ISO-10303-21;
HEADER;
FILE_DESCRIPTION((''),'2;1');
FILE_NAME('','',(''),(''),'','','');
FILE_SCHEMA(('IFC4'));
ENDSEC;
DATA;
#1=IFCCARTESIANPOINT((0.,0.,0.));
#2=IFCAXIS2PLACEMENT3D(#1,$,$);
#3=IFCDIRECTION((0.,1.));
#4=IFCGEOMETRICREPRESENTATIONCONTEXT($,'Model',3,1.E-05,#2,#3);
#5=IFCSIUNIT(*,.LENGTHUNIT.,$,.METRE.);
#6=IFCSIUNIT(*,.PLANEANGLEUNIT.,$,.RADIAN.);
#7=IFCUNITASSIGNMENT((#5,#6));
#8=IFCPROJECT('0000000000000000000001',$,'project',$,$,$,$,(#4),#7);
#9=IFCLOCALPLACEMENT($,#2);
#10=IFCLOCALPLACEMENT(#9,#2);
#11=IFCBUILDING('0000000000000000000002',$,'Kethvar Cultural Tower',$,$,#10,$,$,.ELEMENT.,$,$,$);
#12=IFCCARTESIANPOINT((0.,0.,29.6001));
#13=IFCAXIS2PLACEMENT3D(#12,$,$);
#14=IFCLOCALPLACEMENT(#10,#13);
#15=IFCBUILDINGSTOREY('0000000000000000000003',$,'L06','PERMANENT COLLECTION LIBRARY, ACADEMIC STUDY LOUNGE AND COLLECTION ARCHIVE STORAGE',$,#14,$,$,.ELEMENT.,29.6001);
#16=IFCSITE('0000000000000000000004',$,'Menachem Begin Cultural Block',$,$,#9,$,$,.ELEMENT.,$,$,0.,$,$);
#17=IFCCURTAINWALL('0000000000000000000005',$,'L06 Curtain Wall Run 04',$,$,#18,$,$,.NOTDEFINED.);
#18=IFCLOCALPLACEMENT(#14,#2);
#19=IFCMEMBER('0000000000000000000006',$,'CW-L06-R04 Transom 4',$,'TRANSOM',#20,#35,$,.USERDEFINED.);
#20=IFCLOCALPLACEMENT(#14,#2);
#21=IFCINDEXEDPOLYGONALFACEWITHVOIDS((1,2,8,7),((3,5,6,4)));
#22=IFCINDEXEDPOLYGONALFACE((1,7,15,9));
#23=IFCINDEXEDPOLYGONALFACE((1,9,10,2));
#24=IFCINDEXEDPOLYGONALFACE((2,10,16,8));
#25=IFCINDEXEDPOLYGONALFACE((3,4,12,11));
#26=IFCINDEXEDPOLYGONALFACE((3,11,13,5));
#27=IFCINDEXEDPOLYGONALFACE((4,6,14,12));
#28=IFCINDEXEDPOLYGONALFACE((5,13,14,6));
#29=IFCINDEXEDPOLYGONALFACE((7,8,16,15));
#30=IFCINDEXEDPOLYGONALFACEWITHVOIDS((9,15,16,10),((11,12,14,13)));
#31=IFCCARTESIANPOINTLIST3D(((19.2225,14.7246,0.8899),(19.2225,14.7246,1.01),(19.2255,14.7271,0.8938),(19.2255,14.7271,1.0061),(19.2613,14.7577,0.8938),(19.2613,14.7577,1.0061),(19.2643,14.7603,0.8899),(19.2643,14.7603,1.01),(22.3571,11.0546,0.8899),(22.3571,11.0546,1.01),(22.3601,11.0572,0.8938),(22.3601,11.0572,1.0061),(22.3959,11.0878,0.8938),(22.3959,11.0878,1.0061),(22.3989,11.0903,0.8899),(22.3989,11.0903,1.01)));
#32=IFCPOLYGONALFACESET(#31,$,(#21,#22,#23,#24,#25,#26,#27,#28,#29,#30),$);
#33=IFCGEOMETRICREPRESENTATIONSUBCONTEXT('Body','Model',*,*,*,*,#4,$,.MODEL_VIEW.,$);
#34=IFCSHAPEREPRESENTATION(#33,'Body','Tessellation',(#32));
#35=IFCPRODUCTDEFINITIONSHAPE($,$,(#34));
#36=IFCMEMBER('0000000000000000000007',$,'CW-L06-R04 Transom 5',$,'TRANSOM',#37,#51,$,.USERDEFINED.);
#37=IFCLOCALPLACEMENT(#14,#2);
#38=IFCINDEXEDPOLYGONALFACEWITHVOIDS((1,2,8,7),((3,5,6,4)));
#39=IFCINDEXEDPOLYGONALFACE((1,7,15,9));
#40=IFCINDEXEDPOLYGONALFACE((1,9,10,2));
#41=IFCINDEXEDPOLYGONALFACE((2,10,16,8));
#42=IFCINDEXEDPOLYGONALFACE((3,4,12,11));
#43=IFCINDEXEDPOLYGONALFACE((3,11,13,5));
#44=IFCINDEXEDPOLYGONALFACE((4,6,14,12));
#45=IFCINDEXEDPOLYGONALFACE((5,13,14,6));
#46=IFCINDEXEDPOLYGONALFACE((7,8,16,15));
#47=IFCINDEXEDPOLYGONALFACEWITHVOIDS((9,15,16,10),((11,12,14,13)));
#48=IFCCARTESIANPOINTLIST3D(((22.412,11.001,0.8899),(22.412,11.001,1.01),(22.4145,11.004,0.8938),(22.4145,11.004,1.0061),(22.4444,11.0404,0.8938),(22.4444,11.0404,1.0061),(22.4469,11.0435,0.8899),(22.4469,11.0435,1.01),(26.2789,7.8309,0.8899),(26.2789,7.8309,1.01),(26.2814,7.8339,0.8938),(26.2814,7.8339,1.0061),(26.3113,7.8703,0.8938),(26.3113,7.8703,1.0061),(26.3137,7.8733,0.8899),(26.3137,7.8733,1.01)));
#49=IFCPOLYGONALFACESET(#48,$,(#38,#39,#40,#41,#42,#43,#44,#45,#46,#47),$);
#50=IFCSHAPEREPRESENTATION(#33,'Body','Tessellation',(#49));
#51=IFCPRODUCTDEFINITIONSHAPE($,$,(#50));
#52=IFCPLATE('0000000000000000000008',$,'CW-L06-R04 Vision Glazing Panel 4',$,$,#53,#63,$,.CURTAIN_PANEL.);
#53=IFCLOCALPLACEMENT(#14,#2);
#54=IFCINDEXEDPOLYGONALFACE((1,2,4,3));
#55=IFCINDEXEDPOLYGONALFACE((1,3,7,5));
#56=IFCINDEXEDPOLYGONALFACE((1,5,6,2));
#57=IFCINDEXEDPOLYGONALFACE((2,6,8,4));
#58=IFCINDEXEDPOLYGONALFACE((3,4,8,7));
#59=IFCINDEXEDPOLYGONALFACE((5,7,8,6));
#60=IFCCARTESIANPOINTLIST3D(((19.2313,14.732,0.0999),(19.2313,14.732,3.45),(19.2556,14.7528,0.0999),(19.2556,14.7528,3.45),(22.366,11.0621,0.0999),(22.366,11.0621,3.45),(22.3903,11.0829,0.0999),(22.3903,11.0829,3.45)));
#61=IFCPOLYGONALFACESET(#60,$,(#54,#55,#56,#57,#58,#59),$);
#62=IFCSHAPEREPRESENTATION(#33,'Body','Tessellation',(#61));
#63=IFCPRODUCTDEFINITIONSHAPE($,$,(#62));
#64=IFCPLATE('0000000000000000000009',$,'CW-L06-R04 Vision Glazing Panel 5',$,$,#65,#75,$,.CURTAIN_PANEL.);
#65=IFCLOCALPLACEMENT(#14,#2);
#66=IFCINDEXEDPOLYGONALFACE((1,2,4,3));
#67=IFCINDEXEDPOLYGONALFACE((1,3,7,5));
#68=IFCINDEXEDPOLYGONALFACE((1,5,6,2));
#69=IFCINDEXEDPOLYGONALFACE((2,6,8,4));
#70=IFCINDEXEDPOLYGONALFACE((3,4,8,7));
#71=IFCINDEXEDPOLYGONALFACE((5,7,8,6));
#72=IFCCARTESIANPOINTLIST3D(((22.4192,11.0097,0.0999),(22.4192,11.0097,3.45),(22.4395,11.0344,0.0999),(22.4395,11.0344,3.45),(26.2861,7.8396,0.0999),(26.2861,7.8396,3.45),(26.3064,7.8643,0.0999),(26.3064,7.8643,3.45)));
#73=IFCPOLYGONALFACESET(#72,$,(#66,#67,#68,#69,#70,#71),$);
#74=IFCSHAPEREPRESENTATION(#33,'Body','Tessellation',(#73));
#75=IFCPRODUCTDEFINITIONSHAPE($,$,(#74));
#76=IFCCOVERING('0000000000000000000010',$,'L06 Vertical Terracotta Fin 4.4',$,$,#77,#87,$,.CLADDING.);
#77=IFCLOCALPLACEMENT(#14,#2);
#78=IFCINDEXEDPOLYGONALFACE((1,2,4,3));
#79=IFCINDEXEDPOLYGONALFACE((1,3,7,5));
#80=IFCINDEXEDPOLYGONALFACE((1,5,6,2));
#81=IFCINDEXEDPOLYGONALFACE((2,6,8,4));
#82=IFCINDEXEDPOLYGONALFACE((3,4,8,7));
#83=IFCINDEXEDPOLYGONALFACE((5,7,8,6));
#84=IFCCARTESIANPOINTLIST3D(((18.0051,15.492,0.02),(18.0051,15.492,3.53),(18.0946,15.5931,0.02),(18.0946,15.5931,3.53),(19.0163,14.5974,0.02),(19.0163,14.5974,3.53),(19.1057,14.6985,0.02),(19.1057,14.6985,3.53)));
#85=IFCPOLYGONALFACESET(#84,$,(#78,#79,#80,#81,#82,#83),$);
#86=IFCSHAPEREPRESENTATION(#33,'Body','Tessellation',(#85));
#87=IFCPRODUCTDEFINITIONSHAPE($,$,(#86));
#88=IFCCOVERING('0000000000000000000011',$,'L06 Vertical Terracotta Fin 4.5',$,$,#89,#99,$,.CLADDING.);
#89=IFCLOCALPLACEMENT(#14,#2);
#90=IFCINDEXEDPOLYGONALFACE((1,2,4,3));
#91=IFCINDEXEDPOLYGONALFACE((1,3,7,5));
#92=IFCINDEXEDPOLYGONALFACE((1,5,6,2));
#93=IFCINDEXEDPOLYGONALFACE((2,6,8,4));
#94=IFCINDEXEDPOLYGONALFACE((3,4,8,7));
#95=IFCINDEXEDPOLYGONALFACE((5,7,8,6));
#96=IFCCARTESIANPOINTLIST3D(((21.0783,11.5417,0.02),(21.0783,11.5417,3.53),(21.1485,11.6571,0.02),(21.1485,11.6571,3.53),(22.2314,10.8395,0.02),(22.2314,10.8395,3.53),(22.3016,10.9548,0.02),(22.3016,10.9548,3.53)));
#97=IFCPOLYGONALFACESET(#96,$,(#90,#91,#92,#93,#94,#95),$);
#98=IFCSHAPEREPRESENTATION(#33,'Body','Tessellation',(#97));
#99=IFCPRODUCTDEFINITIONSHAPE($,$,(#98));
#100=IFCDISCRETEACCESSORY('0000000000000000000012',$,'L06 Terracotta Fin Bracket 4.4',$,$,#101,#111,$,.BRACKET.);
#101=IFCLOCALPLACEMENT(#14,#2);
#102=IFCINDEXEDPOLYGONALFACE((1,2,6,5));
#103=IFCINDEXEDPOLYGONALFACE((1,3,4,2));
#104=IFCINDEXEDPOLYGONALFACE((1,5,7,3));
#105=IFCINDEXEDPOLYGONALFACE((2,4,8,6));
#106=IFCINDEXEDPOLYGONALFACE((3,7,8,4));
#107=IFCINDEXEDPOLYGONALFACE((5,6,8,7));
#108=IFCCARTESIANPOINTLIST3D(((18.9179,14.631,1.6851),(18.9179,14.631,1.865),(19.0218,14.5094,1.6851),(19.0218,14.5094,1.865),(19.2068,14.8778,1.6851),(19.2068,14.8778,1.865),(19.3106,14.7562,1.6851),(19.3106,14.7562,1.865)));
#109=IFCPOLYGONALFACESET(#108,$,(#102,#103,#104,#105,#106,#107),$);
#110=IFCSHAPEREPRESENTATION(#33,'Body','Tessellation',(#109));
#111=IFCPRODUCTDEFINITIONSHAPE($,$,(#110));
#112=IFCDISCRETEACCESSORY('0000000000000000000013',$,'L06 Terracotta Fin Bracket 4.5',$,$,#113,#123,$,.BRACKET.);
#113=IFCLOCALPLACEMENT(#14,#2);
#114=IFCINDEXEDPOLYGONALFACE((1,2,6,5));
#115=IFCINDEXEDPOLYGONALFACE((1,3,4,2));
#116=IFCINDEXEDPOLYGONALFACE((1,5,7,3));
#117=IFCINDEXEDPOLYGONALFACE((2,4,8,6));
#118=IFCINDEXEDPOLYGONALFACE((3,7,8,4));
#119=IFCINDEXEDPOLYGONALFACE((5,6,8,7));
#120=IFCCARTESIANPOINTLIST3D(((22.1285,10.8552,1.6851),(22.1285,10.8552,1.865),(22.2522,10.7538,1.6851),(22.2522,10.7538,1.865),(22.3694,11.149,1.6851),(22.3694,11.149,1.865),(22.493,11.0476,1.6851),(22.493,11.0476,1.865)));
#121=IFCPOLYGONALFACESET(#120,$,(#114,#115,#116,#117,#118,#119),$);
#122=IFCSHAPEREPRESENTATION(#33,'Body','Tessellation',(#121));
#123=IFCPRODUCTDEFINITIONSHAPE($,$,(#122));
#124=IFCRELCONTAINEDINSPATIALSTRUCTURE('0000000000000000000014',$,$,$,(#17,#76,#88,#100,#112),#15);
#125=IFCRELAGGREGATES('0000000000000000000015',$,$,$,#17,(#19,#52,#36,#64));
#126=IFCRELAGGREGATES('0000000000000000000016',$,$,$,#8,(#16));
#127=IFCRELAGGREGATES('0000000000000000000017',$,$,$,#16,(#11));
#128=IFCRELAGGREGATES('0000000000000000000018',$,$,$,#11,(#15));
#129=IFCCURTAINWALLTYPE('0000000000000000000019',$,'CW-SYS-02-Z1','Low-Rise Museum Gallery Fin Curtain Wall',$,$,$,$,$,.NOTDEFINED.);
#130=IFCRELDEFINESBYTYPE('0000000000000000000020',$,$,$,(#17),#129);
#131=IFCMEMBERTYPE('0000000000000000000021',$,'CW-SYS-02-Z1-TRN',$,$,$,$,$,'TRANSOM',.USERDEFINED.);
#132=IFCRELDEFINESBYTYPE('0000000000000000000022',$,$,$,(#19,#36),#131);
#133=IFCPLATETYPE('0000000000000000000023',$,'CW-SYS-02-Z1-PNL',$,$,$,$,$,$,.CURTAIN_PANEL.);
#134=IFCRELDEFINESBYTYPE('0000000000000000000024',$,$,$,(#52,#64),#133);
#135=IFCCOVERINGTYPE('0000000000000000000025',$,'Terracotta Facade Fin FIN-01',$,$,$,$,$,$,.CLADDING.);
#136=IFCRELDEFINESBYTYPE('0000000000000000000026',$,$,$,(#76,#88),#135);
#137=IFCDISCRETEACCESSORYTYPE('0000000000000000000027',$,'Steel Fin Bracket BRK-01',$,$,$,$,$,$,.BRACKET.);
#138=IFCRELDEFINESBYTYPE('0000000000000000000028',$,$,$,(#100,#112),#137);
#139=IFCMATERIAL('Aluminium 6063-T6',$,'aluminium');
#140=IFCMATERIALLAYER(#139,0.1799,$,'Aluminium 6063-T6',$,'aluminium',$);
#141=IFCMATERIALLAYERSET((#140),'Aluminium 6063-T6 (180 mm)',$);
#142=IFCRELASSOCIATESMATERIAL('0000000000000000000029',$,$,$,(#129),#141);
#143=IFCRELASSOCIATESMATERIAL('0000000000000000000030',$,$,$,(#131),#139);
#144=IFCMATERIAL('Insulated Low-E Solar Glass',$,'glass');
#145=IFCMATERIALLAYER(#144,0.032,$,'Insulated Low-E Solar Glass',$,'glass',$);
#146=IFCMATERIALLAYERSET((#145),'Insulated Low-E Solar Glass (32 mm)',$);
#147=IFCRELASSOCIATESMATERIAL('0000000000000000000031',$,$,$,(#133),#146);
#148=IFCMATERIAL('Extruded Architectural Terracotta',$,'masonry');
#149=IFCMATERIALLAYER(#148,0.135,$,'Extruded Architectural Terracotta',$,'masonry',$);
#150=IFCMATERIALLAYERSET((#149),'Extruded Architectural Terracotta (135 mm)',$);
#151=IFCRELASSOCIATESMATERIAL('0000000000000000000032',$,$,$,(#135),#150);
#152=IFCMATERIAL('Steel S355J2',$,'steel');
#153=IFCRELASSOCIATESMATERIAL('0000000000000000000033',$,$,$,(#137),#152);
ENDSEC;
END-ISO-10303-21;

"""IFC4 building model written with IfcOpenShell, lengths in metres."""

from ifc_helpers import new_model, si_unit, direction, frame, origin, origin_2d, place, context, subcontext, project, spatial, rectangle, hollow_rectangle, extrude, source, transform, mapped, material, layer, layer_set, material_profile, profile_set, type_object, element, aggregate, save


model = new_model("IFC4")

# Units and contexts
model_context = context("Model", 3, precision=1e-05, world=origin(), true_north=direction((0.0, 1.0)))
body_context = subcontext(model_context, "Body", "Model", "MODEL_VIEW")
ifc_project = project(units=[si_unit("LENGTHUNIT", "METRE"), si_unit("PLANEANGLEUNIT", "RADIAN")], contexts=[model_context])

# Site, building, storey
site_placement = place(None, origin())
site = spatial("IfcSite", under=ifc_project, at=site_placement, Name="Menachem Begin Cultural Block", CompositionType="ELEMENT", RefElevation=0.0)
building_placement = place(site_placement, origin())
building = spatial("IfcBuilding", under=site, at=building_placement, Name="Kethvar Cultural Tower", CompositionType="ELEMENT")
storey_placement = place(building_placement, frame((0.0, 0.0, 29.6001)))
storey = spatial("IfcBuildingStorey", under=building, at=storey_placement, Name="L06", Description="PERMANENT COLLECTION LIBRARY, ACADEMIC STUDY LOUNGE AND COLLECTION ARCHIVE STORAGE", CompositionType="ELEMENT", Elevation=29.6001)

# Shared definitions
ifc_material_1 = material(Name="Steel S355J2", Category="steel")

# Curtain wall, members, plates
ifc_material_2 = material(Name="Aluminium 6063-T6", Category="aluminium")
ifc_layer_1 = layer(ifc_material_2, 0.1799, Name="Aluminium 6063-T6", Category="aluminium")
ifc_layer_set_1 = layer_set([ifc_layer_1], Name="Aluminium 6063-T6 (180 mm)")
curtain_wall_type = type_object("IfcCurtainWallType", Name="CW-SYS-02-Z1", Description="Low-Rise Museum Gallery Fin Curtain Wall", PredefinedType="NOTDEFINED", material=ifc_layer_set_1)
curtain_wall_placement = place(storey_placement, origin())
curtain_wall = element("IfcCurtainWall", 1, at=curtain_wall_placement, inside=storey, type_object=curtain_wall_type, Name="L06 Curtain Wall Run 04", PredefinedType="NOTDEFINED")
ifc_material_profile_1 = material_profile(ifc_material_2, hollow_rectangle(XDim=0.0549, YDim=0.1201, WallThickness=0.0039, at=origin_2d()), Name="Aluminium 6063-T6 — RHS120x55x4")
ifc_profile_set_1 = profile_set([ifc_material_profile_1], Name="Aluminium 6063-T6 — RHS120x55x4")
member_type_1 = type_object("IfcMemberType", Name="CW-SYS-02-Z1-TRN", ElementType="TRANSOM", PredefinedType="USERDEFINED", material=ifc_profile_set_1)
shared_shape_1 = source(origin(), body_context, "Body", "SweptSolid", [
    extrude(hollow_rectangle(XDim=0.0549, YDim=0.1201, WallThickness=0.0039, at=origin_2d()), origin(), (0.0, 0.0, 1.0), 4.8264),
])
member_1_placement = place(storey_placement, frame((19.2434, 14.7424, 0.95), z_axis=(0.649461, -0.760394, 0.0), x_axis=(0.760394, 0.649461, 0.0)))
member_1 = element("IfcMember", 2, at=member_1_placement, type_object=member_type_1, Name="CW-L06-R04 Transom 4", ObjectType="TRANSOM", PredefinedType="USERDEFINED", context=body_context, shape_type="MappedRepresentation", body=[
    mapped(shared_shape_1, transform((0.0, 0.0, 0.0), scale=1.0)),
])
shared_shape_2 = source(origin(), body_context, "Body", "SweptSolid", [
    extrude(hollow_rectangle(XDim=0.0549, YDim=0.1201, WallThickness=0.0039, at=origin_2d()), origin(), (0.0, 0.0, 1.0), 5.0002),
])
member_2_placement = place(storey_placement, frame((22.4294, 11.0222, 0.95), z_axis=(0.773339, -0.633993, 0.0), x_axis=(0.633993, 0.773339, 0.0)))
member_2 = element("IfcMember", 3, at=member_2_placement, type_object=member_type_1, Name="CW-L06-R04 Transom 5", ObjectType="TRANSOM", PredefinedType="USERDEFINED", context=body_context, shape_type="MappedRepresentation", body=[
    mapped(shared_shape_2, transform((0.0, 0.0, 0.0), scale=1.0)),
])
ifc_material_3 = material(Name="Insulated Low-E Solar Glass", Category="glass")
ifc_layer_2 = layer(ifc_material_3, 0.032, Name="Insulated Low-E Solar Glass", Category="glass")
ifc_layer_set_2 = layer_set([ifc_layer_2], Name="Insulated Low-E Solar Glass (32 mm)")
plate_type = type_object("IfcPlateType", Name="CW-SYS-02-Z1-PNL", PredefinedType="CURTAIN_PANEL", material=ifc_layer_set_2)
shared_shape_3 = source(origin(), body_context, "Body", "SweptSolid", [
    extrude(rectangle(XDim=4.8264, YDim=0.032, at=origin_2d()), origin(), (0.0, 0.0, 1.0), 3.3501),
])
plate_1_placement = place(storey_placement, frame((20.8108, 12.9075, 0.0999), z_axis=(0.0, 0.0, 1.0), x_axis=(0.649488, -0.760372, 0.0)))
plate_1 = element("IfcPlate", 4, at=plate_1_placement, type_object=plate_type, Name="CW-L06-R04 Vision Glazing Panel 4", PredefinedType="CURTAIN_PANEL", context=body_context, shape_type="MappedRepresentation", body=[
    mapped(shared_shape_3, transform((0.0, 0.0, 0.0), scale=1.0)),
])
shared_shape_4 = source(origin(), body_context, "Body", "SweptSolid", [
    extrude(rectangle(XDim=5.0002, YDim=0.032, at=origin_2d()), origin(), (0.0, 0.0, 1.0), 3.3501),
])
plate_2_placement = place(storey_placement, frame((24.3628, 9.437, 0.0999), z_axis=(0.0, 0.0, 1.0), x_axis=(0.773343, -0.633988, 0.0)))
plate_2 = element("IfcPlate", 5, at=plate_2_placement, type_object=plate_type, Name="CW-L06-R04 Vision Glazing Panel 5", PredefinedType="CURTAIN_PANEL", context=body_context, shape_type="MappedRepresentation", body=[
    mapped(shared_shape_4, transform((0.0, 0.0, 0.0), scale=1.0)),
])
aggregate(curtain_wall, [member_1, plate_1, member_2, plate_2])

# Coverings
ifc_material_4 = material(Name="Extruded Architectural Terracotta", Category="masonry")
ifc_layer_3 = layer(ifc_material_4, 0.135, Name="Extruded Architectural Terracotta", Category="masonry")
ifc_layer_set_3 = layer_set([ifc_layer_3], Name="Extruded Architectural Terracotta (135 mm)")
covering_type = type_object("IfcCoveringType", Name="Terracotta Facade Fin FIN-01", PredefinedType="CLADDING", material=ifc_layer_set_3)
shared_shape_5 = source(origin(), body_context, "Body", "SweptSolid", [
    extrude(rectangle(XDim=1.3501, YDim=0.135, at=origin_2d()), origin(), (0.0, 0.0, 1.0), 3.51),
])
for number, where, z_axis, x_axis, name in (
    (6, (18.5554, 15.0952, 0.02), (0.0, 0.0, 1.0), (-0.748956, 0.66262, 0.0), "L06 Vertical Terracotta Fin 4.4"),
    (7, (21.6899, 11.2483, 0.02), (0.0, 0.0, 1.0), (-0.854096, 0.520116, 0.0), "L06 Vertical Terracotta Fin 4.5"),
):
    element("IfcCovering", number, at=place(storey_placement, frame(where, z_axis=z_axis, x_axis=x_axis)), inside=storey, type_object=covering_type, Name=name, PredefinedType="CLADDING", context=body_context, shape_type="MappedRepresentation", body=[
        mapped(shared_shape_5, transform((0.0, 0.0, 0.0), scale=1.0)),
    ])

# Discrete accessories
discrete_accessory_type = type_object("IfcDiscreteAccessoryType", Name="Steel Fin Bracket BRK-01", PredefinedType="BRACKET", material=ifc_material_1)
shared_shape_6 = source(origin(), body_context, "Body", "SweptSolid", [
    extrude(rectangle(XDim=0.3799, YDim=0.1599, at=origin_2d()), origin(), (0.0, 0.0, 1.0), 0.1799),
])
for number, where, z_axis, x_axis, name in (
    (8, (19.1143, 14.6936, 1.6851), (0.0, 0.0, 1.0), (-0.760406, -0.649448, 0.0), "L06 Terracotta Fin Bracket 4.4"),
    (9, (22.3108, 10.9514, 1.6851), (0.0, 0.0, 1.0), (-0.633921, -0.773398, 0.0), "L06 Terracotta Fin Bracket 4.5"),
):
    element("IfcDiscreteAccessory", number, at=place(storey_placement, frame(where, z_axis=z_axis, x_axis=x_axis)), inside=storey, type_object=discrete_accessory_type, Name=name, PredefinedType="BRACKET", context=body_context, shape_type="MappedRepresentation", body=[
        mapped(shared_shape_6, transform((0.0, 0.0, 0.0), scale=1.0)),
    ])

save(model, "model.ifc")
